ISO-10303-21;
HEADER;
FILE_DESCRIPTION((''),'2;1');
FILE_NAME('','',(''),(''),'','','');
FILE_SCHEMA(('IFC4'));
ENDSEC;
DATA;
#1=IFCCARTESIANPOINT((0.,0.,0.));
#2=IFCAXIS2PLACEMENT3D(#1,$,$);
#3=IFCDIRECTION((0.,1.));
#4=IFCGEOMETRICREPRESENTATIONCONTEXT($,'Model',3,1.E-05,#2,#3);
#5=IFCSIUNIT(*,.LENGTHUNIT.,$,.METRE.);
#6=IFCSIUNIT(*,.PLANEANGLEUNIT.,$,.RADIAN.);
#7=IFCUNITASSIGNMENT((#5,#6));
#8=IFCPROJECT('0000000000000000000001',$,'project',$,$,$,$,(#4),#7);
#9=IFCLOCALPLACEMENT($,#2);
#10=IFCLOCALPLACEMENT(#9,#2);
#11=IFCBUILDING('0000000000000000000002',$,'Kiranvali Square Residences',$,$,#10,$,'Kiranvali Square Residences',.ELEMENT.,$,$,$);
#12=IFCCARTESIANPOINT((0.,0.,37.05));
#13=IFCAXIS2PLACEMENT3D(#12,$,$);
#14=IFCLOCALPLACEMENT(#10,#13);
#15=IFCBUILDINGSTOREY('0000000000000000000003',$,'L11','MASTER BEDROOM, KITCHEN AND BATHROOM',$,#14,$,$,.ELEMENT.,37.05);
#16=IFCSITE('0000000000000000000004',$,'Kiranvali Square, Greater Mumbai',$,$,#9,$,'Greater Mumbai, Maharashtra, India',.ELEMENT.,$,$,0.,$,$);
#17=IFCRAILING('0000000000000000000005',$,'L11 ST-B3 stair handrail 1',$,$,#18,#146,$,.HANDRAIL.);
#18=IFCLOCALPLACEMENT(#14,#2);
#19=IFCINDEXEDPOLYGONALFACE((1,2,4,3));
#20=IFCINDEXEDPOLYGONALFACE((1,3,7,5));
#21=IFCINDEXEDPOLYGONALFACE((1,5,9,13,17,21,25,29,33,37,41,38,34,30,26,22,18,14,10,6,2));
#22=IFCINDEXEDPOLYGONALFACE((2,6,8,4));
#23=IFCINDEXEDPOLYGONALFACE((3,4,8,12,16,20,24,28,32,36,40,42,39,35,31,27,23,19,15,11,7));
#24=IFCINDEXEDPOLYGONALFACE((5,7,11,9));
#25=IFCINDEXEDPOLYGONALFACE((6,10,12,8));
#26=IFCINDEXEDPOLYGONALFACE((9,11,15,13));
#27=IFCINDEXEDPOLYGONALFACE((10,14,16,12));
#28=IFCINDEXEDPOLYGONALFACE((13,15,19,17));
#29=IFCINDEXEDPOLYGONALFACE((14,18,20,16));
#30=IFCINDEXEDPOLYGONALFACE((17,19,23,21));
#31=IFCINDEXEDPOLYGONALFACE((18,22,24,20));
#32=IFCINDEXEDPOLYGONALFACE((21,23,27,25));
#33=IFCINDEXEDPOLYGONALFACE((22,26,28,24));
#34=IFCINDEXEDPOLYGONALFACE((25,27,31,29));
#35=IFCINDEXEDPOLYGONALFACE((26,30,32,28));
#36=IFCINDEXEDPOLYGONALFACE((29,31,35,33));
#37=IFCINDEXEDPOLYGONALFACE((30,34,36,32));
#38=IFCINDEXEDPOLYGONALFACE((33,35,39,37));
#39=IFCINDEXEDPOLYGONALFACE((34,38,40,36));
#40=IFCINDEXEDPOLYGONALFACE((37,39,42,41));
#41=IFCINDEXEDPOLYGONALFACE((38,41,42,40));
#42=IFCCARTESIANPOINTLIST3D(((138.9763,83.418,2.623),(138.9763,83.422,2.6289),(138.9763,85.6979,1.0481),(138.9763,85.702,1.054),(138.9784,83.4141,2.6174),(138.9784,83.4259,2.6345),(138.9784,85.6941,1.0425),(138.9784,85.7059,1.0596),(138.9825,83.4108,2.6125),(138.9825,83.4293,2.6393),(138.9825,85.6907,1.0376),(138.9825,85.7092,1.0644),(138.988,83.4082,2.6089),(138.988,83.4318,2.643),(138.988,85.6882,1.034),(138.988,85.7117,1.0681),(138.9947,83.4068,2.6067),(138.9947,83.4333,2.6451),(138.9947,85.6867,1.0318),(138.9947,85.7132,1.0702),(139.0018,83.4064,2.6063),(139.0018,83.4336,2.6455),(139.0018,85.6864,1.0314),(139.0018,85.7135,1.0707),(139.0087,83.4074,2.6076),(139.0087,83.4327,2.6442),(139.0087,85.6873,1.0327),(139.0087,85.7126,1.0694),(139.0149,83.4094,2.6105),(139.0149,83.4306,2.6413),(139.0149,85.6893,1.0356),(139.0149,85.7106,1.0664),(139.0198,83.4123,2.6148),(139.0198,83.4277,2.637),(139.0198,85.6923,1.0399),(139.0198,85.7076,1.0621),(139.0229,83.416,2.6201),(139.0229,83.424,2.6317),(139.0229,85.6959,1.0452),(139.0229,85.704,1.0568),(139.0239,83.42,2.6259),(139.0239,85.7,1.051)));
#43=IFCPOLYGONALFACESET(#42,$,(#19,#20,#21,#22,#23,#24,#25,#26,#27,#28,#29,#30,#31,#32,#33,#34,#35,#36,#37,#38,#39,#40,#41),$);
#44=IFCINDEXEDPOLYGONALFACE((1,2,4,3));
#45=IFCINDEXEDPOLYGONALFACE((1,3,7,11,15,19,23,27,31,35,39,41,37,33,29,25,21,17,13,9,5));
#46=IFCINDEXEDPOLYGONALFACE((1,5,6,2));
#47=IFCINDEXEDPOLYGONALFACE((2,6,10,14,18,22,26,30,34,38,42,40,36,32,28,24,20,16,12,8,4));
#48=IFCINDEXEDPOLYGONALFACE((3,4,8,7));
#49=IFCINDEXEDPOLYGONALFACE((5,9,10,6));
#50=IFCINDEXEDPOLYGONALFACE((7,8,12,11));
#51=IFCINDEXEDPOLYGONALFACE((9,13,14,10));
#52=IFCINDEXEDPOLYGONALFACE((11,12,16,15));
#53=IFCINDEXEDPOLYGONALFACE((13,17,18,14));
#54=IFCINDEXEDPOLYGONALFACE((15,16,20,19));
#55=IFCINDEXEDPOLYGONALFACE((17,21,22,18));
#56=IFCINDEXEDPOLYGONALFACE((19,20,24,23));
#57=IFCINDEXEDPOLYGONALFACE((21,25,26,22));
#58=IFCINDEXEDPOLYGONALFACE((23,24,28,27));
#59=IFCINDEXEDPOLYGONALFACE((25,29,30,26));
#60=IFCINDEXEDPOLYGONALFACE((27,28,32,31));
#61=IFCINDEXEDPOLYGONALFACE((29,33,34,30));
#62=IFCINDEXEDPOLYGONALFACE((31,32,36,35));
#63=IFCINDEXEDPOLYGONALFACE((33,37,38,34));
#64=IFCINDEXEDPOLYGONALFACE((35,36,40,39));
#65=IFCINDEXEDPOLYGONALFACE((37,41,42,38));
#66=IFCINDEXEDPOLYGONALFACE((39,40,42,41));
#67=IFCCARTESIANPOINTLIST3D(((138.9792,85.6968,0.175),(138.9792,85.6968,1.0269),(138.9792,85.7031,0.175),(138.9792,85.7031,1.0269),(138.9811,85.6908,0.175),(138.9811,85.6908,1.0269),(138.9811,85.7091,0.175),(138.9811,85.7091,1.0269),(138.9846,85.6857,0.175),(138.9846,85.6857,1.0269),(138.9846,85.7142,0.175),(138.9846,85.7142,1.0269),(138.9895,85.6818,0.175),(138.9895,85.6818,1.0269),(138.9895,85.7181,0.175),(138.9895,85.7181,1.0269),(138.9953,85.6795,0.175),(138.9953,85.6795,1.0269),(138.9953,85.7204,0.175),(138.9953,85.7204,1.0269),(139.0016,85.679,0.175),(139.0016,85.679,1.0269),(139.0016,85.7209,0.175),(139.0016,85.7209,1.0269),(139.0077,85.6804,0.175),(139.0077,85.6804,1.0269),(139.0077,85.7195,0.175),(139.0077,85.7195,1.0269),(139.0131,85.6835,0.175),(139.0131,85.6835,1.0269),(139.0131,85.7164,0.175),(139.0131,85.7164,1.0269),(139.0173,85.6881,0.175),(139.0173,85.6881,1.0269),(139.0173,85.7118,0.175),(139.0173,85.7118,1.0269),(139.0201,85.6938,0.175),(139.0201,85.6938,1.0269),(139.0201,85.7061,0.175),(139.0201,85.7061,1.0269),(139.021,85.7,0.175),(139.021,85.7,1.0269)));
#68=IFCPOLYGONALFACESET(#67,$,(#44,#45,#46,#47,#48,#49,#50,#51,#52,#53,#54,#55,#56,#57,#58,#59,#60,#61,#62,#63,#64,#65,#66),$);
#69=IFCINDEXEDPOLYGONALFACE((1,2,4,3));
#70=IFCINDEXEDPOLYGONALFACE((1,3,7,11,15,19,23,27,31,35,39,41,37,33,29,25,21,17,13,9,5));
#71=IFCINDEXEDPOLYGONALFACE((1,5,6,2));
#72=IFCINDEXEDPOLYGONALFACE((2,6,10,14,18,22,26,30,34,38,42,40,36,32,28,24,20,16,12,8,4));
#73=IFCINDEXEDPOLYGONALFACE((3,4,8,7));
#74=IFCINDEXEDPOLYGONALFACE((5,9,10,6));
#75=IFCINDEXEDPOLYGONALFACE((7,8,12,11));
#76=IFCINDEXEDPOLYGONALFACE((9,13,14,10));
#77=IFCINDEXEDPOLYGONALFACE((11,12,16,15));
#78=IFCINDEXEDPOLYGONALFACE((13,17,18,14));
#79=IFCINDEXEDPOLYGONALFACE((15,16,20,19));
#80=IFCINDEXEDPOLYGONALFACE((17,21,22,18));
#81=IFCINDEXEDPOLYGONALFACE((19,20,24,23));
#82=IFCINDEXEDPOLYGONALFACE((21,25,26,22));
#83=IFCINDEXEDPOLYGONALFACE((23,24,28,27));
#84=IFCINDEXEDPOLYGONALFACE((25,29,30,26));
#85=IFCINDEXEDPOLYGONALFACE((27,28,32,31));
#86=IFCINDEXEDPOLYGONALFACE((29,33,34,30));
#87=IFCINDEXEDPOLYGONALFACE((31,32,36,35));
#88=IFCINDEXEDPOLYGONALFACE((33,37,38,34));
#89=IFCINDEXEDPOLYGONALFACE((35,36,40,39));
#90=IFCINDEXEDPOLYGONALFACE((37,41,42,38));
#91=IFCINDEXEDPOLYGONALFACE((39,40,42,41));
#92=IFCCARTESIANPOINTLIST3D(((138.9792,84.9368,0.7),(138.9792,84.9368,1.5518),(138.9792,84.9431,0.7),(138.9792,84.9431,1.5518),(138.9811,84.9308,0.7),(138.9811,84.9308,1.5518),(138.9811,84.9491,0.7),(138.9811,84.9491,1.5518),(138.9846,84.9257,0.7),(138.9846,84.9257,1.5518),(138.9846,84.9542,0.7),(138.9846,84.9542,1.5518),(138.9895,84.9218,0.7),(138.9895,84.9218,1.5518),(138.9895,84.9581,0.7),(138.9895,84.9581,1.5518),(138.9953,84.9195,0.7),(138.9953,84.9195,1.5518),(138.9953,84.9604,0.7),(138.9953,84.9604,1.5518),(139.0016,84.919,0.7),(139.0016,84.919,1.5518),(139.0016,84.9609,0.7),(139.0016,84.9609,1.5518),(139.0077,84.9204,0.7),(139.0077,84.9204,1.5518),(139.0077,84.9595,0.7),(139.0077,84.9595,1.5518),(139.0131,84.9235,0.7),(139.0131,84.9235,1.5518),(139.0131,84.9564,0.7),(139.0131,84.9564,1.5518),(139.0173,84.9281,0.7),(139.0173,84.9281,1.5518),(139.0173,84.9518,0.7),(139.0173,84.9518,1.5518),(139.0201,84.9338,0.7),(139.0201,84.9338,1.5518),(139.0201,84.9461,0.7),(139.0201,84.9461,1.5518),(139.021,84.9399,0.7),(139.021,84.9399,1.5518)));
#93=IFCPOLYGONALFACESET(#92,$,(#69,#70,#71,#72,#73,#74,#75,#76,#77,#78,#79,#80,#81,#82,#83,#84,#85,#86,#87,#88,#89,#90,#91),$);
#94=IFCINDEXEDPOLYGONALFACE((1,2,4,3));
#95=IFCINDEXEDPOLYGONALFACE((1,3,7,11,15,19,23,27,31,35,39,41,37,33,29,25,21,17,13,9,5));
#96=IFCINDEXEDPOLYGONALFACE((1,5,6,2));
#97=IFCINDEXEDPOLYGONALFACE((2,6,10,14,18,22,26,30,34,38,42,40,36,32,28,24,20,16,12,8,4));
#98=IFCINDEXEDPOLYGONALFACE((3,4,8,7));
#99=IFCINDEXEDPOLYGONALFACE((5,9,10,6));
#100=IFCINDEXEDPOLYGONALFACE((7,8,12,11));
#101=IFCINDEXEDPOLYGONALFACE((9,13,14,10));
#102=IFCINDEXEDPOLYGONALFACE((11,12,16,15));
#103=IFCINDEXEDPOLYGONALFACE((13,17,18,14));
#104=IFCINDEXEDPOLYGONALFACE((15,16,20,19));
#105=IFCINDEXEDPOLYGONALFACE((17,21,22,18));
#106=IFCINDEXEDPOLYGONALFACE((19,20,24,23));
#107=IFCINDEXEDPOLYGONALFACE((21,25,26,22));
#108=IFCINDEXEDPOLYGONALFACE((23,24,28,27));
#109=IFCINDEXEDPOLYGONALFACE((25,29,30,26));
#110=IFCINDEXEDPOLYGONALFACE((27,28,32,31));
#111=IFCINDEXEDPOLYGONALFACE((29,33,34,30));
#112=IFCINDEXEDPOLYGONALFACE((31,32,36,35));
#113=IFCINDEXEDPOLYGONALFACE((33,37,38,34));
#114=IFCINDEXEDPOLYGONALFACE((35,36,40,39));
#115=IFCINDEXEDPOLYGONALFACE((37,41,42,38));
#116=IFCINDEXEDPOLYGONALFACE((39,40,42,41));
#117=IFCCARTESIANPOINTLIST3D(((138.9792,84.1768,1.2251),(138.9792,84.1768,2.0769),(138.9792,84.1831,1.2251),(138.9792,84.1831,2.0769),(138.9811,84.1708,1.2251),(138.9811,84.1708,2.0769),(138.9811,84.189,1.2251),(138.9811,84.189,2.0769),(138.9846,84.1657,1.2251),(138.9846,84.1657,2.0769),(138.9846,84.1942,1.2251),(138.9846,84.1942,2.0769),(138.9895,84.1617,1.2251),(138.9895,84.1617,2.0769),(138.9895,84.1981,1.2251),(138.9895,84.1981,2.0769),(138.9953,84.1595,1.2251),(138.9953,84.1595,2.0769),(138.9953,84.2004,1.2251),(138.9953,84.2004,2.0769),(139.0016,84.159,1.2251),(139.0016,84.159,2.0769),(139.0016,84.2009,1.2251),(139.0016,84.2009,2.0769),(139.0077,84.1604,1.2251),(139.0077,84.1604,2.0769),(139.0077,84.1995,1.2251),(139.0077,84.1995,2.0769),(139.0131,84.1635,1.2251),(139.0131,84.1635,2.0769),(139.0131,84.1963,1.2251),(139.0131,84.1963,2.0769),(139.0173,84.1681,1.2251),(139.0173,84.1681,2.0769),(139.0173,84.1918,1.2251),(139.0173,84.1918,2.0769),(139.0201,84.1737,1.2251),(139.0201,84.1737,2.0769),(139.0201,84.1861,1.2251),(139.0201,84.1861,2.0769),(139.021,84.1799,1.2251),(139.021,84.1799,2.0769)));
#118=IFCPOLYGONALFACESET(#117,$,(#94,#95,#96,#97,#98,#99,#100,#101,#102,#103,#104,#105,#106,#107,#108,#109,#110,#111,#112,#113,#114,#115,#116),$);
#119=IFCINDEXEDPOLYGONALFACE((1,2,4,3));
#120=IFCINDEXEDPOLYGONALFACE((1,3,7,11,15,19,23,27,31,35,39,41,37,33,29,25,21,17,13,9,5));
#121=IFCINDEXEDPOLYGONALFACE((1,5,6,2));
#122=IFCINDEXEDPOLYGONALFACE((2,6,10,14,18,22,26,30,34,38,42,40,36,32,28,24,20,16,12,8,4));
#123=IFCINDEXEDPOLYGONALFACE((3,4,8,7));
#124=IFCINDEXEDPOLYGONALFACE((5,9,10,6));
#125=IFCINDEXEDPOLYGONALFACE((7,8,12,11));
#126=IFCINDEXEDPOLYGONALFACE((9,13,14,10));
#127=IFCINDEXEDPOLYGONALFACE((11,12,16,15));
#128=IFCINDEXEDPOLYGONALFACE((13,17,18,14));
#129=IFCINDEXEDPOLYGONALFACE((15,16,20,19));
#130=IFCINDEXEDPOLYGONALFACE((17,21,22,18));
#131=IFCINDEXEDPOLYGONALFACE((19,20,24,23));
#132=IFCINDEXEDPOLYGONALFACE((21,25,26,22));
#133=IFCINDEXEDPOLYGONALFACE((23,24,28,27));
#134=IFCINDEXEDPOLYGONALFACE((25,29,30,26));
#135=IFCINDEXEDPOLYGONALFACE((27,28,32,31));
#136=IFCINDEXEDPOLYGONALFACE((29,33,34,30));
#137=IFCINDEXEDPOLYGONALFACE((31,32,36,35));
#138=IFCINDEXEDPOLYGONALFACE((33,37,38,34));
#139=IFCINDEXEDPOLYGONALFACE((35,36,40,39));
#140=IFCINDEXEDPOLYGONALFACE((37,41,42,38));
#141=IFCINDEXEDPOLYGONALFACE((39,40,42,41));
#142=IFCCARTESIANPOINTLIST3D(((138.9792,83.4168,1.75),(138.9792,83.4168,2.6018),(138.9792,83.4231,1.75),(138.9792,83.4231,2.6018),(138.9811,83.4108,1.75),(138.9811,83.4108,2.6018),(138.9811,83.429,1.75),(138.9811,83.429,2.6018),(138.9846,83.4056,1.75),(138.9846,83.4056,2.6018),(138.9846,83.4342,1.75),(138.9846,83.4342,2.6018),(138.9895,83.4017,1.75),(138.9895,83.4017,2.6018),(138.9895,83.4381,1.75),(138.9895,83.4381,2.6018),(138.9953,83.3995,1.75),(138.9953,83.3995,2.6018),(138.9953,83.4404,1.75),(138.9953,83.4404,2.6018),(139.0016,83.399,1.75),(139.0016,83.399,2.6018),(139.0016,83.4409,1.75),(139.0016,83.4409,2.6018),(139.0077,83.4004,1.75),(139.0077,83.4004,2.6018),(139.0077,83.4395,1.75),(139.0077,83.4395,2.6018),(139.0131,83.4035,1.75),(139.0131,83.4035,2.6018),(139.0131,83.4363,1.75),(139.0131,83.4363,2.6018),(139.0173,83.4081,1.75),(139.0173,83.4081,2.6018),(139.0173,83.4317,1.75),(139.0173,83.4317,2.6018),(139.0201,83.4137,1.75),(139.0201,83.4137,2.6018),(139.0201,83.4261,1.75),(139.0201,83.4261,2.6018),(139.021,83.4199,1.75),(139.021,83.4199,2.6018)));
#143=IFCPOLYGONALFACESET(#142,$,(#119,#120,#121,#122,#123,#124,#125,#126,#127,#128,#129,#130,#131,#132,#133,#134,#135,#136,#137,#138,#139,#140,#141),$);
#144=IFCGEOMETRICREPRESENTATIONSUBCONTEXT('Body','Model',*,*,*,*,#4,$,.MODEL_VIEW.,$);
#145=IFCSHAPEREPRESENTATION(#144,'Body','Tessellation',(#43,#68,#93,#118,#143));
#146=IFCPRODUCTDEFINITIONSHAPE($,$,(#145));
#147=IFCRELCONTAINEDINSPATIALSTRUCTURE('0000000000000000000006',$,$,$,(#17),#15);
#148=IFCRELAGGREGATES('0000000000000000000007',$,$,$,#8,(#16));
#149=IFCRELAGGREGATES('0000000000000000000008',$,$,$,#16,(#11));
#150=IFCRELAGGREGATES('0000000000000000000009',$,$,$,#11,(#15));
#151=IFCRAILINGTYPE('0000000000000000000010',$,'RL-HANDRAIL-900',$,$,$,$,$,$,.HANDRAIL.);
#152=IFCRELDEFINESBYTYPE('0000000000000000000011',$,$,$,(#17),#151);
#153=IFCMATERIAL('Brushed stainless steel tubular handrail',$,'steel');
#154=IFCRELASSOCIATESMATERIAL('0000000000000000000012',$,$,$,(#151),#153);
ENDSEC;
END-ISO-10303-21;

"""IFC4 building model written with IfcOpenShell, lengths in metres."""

from ifc_helpers import new_model, si_unit, direction, frame, origin, origin_2d, place, context, subcontext, project, spatial, circle, extrude, material, type_object, element, save


model = new_model("IFC4")

# Units and contexts
model_context = context("Model", 3, precision=1e-05, world=origin(), true_north=direction((0.0, 1.0)))
body_context = subcontext(model_context, "Body", "Model", "MODEL_VIEW")
ifc_project = project(units=[si_unit("LENGTHUNIT", "METRE"), si_unit("PLANEANGLEUNIT", "RADIAN")], contexts=[model_context])

# Site, building, storey
site_placement = place(None, origin())
site = spatial("IfcSite", under=ifc_project, at=site_placement, Name="Kiranvali Square, Greater Mumbai", LongName="Greater Mumbai, Maharashtra, India", CompositionType="ELEMENT", RefElevation=0.0)
building_placement = place(site_placement, origin())
building = spatial("IfcBuilding", under=site, at=building_placement, Name="Kiranvali Square Residences", LongName="Kiranvali Square Residences", CompositionType="ELEMENT")
storey_placement = place(building_placement, frame((0.0, 0.0, 37.05)))
storey = spatial("IfcBuildingStorey", under=building, at=storey_placement, Name="L11", Description="MASTER BEDROOM, KITCHEN AND BATHROOM", CompositionType="ELEMENT", Elevation=37.05)

# Railing
ifc_material_1 = material(Name="Brushed stainless steel tubular handrail", Category="steel")
railing_type_1 = type_object("IfcRailingType", Name="RL-HANDRAIL-900", PredefinedType="HANDRAIL", material=ifc_material_1)
railing_1_placement = place(storey_placement, frame((139.0, 85.7, 0.175)))
element("IfcRailing", 1, at=railing_1_placement, inside=storey, type_object=railing_type_1, Name="L11 ST-B3 stair handrail 1", PredefinedType="HANDRAIL", context=body_context, shape_type="SweptSolid", body=[
    extrude(circle(Radius=0.0239, at=origin_2d()), frame((0.0, 0.0, 0.876), z_axis=(0.0, -0.822788, 0.568348), x_axis=(1.0, 0.0, 0.0)), (0.0, 0.0, 1.0), 2.771),
    extrude(circle(Radius=0.021, at=origin_2d()), origin(), (0.0, 0.0, 1.0), 0.8518),
    extrude(circle(Radius=0.021, at=origin_2d()), frame((0.0, -0.76, 0.5249)), (0.0, 0.0, 1.0), 0.8518),
    extrude(circle(Radius=0.021, at=origin_2d()), frame((0.0, -1.52, 1.05)), (0.0, 0.0, 1.0), 0.8518),
    extrude(circle(Radius=0.021, at=origin_2d()), frame((0.0, -2.28, 1.575)), (0.0, 0.0, 1.0), 0.8518),
])

save(model, "model.ifc")
